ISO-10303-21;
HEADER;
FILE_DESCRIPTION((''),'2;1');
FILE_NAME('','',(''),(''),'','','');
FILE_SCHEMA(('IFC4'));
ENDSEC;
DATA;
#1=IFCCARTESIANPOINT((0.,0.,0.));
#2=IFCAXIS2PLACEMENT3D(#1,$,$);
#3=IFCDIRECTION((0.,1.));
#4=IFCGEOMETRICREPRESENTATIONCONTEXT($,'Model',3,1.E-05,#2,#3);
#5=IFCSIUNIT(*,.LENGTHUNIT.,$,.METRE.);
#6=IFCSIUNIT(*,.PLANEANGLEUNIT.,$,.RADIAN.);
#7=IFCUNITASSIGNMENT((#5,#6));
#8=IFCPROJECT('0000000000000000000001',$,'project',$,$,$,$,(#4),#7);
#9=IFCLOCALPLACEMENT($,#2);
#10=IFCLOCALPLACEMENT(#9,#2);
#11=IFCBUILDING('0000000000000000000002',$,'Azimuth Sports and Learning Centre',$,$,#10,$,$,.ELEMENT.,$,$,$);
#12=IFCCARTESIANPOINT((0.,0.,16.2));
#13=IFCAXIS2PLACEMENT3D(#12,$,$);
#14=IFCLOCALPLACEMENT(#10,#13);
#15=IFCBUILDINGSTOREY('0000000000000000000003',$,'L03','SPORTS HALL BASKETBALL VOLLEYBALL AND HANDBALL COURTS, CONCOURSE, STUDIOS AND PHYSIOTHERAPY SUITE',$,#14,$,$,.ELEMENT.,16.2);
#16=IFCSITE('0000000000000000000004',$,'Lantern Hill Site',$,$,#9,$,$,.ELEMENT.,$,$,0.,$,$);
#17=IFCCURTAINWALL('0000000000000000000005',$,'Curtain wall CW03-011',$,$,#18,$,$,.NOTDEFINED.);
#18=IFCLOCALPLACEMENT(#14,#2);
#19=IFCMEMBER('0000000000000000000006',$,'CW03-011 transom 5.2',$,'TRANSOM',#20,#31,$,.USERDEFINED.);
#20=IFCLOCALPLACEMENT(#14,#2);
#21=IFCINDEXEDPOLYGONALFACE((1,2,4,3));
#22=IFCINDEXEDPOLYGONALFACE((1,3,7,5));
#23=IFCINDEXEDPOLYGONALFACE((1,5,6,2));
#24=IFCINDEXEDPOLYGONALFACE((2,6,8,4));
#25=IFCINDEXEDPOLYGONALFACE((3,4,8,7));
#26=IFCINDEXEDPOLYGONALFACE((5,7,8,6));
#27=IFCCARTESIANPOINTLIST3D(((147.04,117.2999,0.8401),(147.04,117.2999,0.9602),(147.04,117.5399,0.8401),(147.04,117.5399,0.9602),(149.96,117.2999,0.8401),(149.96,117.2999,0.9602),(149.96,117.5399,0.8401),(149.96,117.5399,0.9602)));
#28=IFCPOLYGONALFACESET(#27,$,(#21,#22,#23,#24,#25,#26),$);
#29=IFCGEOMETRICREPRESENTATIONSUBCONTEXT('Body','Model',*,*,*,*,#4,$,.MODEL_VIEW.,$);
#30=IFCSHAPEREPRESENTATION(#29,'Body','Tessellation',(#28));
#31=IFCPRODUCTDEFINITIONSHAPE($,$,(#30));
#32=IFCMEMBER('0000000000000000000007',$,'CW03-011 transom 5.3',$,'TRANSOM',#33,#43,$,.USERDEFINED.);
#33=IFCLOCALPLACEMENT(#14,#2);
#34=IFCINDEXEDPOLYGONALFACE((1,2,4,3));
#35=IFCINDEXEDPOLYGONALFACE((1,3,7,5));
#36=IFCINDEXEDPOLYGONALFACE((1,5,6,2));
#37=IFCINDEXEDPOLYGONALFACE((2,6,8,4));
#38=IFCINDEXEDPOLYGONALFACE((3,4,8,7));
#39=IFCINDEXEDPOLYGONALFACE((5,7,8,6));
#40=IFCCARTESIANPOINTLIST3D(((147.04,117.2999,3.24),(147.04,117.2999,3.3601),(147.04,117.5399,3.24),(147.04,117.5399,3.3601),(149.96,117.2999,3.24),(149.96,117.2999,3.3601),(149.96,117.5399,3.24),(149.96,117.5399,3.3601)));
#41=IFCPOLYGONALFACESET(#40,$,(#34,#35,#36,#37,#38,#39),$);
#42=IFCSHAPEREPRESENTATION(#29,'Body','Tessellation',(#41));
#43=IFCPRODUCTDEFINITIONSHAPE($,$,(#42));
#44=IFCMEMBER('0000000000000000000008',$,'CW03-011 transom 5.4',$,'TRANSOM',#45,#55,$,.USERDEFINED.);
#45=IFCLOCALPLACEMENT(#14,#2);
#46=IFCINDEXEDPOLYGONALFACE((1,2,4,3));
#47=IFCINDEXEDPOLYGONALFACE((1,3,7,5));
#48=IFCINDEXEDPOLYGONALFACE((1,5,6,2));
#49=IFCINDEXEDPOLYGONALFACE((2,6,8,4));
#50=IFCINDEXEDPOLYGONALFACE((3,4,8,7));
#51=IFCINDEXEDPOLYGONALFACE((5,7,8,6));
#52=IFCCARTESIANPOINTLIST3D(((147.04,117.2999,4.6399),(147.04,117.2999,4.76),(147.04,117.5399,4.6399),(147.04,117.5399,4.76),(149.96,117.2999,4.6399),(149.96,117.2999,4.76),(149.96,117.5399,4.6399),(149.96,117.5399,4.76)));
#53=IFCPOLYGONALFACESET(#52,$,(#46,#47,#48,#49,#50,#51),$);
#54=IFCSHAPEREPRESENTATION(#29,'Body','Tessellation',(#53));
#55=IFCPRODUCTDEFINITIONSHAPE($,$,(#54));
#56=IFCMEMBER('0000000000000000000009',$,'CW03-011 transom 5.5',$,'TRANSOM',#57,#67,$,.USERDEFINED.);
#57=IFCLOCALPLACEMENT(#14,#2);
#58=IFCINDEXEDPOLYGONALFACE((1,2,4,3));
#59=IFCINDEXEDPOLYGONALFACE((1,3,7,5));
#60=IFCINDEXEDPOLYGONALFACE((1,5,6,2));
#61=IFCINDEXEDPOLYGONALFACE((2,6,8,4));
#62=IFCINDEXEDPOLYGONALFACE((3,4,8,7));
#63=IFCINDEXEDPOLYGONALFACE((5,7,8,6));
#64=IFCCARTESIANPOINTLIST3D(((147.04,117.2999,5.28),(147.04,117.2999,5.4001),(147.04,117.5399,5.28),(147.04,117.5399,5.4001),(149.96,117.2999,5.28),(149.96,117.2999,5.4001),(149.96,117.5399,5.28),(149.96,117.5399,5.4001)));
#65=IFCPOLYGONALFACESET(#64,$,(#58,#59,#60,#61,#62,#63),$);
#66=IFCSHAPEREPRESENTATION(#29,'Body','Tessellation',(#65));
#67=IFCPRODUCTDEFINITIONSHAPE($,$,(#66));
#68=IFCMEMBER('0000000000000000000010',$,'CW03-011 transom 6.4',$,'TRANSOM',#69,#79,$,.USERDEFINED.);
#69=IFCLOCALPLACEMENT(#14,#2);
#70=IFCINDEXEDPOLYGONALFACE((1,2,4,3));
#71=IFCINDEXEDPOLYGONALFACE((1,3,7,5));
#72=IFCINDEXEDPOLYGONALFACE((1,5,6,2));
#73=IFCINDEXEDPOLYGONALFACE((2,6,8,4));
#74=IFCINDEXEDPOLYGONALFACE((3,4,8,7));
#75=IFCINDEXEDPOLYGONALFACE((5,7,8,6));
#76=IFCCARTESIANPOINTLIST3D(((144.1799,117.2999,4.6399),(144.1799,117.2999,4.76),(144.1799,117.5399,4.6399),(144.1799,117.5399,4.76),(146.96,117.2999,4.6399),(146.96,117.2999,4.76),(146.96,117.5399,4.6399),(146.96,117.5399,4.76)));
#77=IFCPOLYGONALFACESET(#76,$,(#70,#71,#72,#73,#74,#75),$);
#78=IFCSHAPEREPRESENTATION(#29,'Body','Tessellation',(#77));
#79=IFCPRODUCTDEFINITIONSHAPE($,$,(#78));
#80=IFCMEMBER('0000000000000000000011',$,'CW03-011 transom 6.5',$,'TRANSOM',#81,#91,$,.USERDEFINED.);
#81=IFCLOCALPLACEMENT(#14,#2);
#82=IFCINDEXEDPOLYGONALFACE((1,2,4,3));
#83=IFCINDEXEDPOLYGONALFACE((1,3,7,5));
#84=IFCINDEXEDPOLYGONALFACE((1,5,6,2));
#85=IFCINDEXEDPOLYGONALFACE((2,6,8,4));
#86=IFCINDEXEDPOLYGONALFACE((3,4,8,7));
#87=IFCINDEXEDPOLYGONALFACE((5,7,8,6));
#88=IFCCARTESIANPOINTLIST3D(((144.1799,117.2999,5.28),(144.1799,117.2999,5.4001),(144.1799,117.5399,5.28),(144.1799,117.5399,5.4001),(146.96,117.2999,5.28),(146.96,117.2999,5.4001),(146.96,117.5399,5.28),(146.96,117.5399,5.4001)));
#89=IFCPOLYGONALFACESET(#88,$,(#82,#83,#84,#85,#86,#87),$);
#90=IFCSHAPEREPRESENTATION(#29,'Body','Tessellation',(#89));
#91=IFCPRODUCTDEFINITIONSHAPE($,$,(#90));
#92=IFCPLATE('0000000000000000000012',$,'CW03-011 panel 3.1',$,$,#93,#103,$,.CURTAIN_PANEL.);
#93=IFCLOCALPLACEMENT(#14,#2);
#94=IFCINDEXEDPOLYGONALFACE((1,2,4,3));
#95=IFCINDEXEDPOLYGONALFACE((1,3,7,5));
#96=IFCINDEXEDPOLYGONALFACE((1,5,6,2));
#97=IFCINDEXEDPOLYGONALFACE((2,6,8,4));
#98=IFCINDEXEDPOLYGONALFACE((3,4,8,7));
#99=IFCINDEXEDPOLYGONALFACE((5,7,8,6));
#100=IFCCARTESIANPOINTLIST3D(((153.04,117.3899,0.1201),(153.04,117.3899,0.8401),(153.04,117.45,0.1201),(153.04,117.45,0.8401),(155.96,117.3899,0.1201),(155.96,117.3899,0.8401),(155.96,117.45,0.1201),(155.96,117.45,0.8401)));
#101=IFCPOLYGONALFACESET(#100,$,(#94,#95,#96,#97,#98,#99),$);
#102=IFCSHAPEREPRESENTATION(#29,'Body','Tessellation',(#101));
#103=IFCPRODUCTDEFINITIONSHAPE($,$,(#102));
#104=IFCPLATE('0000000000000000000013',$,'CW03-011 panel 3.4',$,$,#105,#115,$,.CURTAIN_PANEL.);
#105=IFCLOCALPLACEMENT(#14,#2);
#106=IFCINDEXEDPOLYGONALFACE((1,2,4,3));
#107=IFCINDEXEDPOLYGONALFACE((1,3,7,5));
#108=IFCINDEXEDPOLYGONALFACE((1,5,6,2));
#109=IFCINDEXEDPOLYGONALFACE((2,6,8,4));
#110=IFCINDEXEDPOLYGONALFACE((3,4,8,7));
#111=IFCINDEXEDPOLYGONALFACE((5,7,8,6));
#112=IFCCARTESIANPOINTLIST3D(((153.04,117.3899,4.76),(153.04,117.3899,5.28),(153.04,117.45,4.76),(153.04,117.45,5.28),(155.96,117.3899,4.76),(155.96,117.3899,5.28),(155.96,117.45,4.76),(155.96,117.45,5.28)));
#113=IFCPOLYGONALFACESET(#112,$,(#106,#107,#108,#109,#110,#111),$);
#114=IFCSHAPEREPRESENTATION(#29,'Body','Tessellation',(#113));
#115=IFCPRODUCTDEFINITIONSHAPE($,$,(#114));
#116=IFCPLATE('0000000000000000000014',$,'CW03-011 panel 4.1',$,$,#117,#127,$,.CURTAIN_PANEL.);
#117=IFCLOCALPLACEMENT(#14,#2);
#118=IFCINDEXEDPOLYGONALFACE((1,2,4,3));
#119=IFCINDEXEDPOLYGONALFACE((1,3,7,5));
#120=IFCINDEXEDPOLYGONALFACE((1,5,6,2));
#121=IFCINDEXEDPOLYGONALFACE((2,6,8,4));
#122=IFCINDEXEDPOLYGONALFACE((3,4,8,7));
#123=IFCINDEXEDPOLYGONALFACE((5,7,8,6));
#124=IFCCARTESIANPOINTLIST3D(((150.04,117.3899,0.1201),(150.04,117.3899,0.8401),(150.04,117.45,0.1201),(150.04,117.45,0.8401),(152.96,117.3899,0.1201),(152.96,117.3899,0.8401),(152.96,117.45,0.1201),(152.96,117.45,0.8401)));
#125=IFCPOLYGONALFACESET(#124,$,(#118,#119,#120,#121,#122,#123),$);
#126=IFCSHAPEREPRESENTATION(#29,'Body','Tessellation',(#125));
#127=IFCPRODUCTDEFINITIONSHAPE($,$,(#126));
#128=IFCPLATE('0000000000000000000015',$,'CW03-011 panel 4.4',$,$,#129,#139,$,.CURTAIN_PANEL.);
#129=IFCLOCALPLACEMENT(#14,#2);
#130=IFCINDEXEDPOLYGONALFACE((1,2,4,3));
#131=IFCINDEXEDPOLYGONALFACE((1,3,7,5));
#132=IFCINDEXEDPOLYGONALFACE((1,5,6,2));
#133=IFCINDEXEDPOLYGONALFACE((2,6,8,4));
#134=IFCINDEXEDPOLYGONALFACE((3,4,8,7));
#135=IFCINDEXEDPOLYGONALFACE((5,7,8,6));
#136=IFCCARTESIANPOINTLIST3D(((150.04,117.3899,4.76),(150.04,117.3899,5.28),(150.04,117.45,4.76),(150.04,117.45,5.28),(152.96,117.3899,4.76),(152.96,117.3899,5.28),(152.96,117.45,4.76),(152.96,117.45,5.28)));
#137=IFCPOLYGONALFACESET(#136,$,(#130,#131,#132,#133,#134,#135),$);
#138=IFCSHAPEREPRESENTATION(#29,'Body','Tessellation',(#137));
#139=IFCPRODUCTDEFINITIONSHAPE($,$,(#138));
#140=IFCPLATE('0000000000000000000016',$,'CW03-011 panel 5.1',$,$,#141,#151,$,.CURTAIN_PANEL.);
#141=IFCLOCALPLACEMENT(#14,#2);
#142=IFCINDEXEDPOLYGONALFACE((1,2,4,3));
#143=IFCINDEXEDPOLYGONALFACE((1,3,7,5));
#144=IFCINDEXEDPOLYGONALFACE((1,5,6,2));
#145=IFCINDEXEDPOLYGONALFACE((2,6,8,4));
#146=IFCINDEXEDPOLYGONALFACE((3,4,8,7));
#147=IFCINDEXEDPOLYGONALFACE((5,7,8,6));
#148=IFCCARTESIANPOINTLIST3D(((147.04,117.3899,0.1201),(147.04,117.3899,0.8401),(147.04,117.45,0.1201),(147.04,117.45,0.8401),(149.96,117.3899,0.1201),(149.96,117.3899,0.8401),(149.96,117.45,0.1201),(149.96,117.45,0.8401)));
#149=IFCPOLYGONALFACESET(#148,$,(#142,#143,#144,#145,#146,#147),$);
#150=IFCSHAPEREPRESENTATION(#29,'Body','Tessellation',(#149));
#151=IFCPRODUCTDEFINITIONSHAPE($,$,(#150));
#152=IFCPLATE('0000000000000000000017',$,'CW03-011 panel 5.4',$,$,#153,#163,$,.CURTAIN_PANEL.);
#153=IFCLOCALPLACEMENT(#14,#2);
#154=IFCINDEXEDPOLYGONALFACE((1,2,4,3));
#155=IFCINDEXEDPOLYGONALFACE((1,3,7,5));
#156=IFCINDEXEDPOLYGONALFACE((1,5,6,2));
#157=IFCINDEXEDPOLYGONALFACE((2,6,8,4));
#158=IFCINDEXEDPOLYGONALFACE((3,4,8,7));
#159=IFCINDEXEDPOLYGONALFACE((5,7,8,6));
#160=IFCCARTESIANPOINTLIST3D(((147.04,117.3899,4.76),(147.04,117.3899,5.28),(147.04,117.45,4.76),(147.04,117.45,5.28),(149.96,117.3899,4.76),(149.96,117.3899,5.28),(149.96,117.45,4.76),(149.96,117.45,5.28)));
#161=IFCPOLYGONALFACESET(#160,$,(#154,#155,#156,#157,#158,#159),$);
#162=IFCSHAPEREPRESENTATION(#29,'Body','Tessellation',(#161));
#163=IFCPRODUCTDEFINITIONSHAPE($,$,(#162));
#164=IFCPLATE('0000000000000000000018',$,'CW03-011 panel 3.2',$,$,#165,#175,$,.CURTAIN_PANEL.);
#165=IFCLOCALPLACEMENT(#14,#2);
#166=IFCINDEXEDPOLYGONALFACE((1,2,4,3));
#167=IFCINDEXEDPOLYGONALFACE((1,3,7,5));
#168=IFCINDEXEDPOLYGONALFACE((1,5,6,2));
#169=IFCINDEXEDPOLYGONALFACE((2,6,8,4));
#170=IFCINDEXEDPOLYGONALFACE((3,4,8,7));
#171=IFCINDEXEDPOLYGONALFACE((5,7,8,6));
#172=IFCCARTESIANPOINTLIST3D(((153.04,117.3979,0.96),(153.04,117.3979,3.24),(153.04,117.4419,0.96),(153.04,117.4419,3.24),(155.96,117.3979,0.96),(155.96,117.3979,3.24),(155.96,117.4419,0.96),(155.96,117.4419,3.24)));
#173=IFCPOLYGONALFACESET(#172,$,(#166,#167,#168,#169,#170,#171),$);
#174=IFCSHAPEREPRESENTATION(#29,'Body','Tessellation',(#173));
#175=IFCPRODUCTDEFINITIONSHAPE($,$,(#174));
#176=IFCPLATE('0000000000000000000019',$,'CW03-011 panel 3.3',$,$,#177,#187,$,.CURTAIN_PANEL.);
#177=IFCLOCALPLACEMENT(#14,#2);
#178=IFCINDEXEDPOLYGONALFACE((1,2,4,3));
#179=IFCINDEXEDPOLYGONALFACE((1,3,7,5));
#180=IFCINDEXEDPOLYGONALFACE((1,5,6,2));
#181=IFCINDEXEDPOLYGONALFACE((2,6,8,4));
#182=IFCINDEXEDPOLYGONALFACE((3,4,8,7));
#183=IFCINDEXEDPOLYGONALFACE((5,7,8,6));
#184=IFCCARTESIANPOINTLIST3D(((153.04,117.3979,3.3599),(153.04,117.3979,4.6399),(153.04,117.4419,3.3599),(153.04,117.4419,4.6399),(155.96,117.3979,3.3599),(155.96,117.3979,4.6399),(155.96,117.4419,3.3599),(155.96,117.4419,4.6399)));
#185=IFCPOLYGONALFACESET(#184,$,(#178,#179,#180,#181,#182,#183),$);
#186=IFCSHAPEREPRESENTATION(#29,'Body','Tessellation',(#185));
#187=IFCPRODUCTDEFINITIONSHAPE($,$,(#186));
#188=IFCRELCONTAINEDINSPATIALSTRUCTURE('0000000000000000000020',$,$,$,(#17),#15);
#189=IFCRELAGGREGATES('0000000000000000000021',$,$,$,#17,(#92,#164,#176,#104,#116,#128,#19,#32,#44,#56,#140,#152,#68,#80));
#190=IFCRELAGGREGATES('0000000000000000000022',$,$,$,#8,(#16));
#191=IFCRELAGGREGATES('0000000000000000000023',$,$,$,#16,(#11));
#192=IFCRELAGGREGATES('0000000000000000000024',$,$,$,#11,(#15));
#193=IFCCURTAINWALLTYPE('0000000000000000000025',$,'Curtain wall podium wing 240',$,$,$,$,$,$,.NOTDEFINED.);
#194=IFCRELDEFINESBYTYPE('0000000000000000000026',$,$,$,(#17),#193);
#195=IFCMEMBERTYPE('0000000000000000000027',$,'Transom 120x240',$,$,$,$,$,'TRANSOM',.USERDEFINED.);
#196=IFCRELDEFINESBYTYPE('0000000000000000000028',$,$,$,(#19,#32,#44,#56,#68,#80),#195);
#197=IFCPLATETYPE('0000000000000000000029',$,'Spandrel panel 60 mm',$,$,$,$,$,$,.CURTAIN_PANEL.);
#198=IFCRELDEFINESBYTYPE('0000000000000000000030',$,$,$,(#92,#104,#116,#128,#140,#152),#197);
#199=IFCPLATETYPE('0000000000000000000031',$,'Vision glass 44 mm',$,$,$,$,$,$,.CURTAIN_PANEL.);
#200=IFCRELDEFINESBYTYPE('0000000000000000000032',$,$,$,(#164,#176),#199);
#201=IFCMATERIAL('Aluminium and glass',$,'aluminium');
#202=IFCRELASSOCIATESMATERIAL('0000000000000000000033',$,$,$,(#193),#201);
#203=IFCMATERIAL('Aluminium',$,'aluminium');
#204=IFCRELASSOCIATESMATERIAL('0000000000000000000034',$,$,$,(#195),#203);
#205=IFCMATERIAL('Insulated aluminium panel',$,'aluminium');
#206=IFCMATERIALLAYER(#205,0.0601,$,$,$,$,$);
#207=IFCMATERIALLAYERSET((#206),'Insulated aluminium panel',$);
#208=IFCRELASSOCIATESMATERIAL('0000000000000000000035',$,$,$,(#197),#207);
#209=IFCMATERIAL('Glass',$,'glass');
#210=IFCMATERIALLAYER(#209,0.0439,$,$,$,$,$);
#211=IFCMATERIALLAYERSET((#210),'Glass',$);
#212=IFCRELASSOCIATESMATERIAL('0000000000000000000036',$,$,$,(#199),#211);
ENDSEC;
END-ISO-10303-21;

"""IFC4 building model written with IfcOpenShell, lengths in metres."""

from ifc_helpers import new_model, si_unit, direction, frame, origin, origin_2d, place, context, subcontext, project, spatial, rectangle, extrude, material, layer, layer_set, material_profile, profile_set, type_object, element, aggregate, save


model = new_model("IFC4")

# Units and contexts
model_context = context("Model", 3, precision=1e-05, world=origin(), true_north=direction((0.0, 1.0)))
body_context = subcontext(model_context, "Body", "Model", "MODEL_VIEW")
ifc_project = project(units=[si_unit("LENGTHUNIT", "METRE"), si_unit("PLANEANGLEUNIT", "RADIAN")], contexts=[model_context])

# Site, building, storey
site_placement = place(None, origin())
site = spatial("IfcSite", under=ifc_project, at=site_placement, Name="Lantern Hill Site", CompositionType="ELEMENT", RefElevation=0.0)
building_placement = place(site_placement, origin())
building = spatial("IfcBuilding", under=site, at=building_placement, Name="Azimuth Sports and Learning Centre", CompositionType="ELEMENT")
storey_placement = place(building_placement, frame((0.0, 0.0, 16.2)))
storey = spatial("IfcBuildingStorey", under=building, at=storey_placement, Name="L03", Description="SPORTS HALL BASKETBALL VOLLEYBALL AND HANDBALL COURTS, CONCOURSE, STUDIOS AND PHYSIOTHERAPY SUITE", CompositionType="ELEMENT", Elevation=16.2)

# Curtain wall, members, plates
ifc_material_1 = material(Name="Aluminium and glass", Category="aluminium")
curtain_wall_type = type_object("IfcCurtainWallType", Name="Curtain wall podium wing 240", PredefinedType="NOTDEFINED", material=ifc_material_1)
curtain_wall_placement = place(storey_placement, origin())
curtain_wall = element("IfcCurtainWall", 1, at=curtain_wall_placement, inside=storey, type_object=curtain_wall_type, Name="Curtain wall CW03-011", PredefinedType="NOTDEFINED")
ifc_material_2 = material(Name="Aluminium", Category="aluminium")
ifc_material_profile_1 = material_profile(ifc_material_2, rectangle(XDim=0.24, YDim=0.1201, at=origin_2d()), Name="Transom 120x240")
ifc_profile_set_1 = profile_set([ifc_material_profile_1], Name="Aluminium")
member_type_1 = type_object("IfcMemberType", Name="Transom 120x240", ElementType="TRANSOM", PredefinedType="USERDEFINED", material=ifc_profile_set_1)
member_1_placement = place(storey_placement, frame((149.96, 117.4199, 0.9001), z_axis=(-1.0, 0.0, 0.0), x_axis=(0.0, -1.0, 0.0)))
member_1 = element("IfcMember", 2, at=member_1_placement, type_object=member_type_1, Name="CW03-011 transom 5.2", ObjectType="TRANSOM", PredefinedType="USERDEFINED", context=body_context, shape_type="SweptSolid", body=[
    extrude(rectangle(XDim=0.24, YDim=0.1201, at=origin_2d()), origin(), (0.0, 0.0, 1.0), 2.9199),
])
member_2_placement = place(storey_placement, frame((149.96, 117.4199, 3.3), z_axis=(-1.0, 0.0, 0.0), x_axis=(0.0, -1.0, 0.0)))
member_2 = element("IfcMember", 3, at=member_2_placement, type_object=member_type_1, Name="CW03-011 transom 5.3", ObjectType="TRANSOM", PredefinedType="USERDEFINED", context=body_context, shape_type="SweptSolid", body=[
    extrude(rectangle(XDim=0.24, YDim=0.1201, at=origin_2d()), origin(), (0.0, 0.0, 1.0), 2.9199),
])
member_3_placement = place(storey_placement, frame((149.96, 117.4199, 4.7), z_axis=(-1.0, 0.0, 0.0), x_axis=(0.0, -1.0, 0.0)))
member_3 = element("IfcMember", 4, at=member_3_placement, type_object=member_type_1, Name="CW03-011 transom 5.4", ObjectType="TRANSOM", PredefinedType="USERDEFINED", context=body_context, shape_type="SweptSolid", body=[
    extrude(rectangle(XDim=0.24, YDim=0.1201, at=origin_2d()), origin(), (0.0, 0.0, 1.0), 2.9199),
])
member_4_placement = place(storey_placement, frame((149.96, 117.4199, 5.3401), z_axis=(-1.0, 0.0, 0.0), x_axis=(0.0, -1.0, 0.0)))
member_4 = element("IfcMember", 5, at=member_4_placement, type_object=member_type_1, Name="CW03-011 transom 5.5", ObjectType="TRANSOM", PredefinedType="USERDEFINED", context=body_context, shape_type="SweptSolid", body=[
    extrude(rectangle(XDim=0.24, YDim=0.1201, at=origin_2d()), origin(), (0.0, 0.0, 1.0), 2.9199),
])
member_5_placement = place(storey_placement, frame((146.96, 117.4199, 4.7), z_axis=(-1.0, 0.0, 0.0), x_axis=(0.0, -1.0, 0.0)))
member_5 = element("IfcMember", 6, at=member_5_placement, type_object=member_type_1, Name="CW03-011 transom 6.4", ObjectType="TRANSOM", PredefinedType="USERDEFINED", context=body_context, shape_type="SweptSolid", body=[
    extrude(rectangle(XDim=0.24, YDim=0.1201, at=origin_2d()), origin(), (0.0, 0.0, 1.0), 2.78),
])
member_6_placement = place(storey_placement, frame((146.96, 117.4199, 5.3401), z_axis=(-1.0, 0.0, 0.0), x_axis=(0.0, -1.0, 0.0)))
member_6 = element("IfcMember", 7, at=member_6_placement, type_object=member_type_1, Name="CW03-011 transom 6.5", ObjectType="TRANSOM", PredefinedType="USERDEFINED", context=body_context, shape_type="SweptSolid", body=[
    extrude(rectangle(XDim=0.24, YDim=0.1201, at=origin_2d()), origin(), (0.0, 0.0, 1.0), 2.78),
])
ifc_material_3 = material(Name="Insulated aluminium panel", Category="aluminium")
ifc_layer_1 = layer(ifc_material_3, 0.0601)
ifc_layer_set_1 = layer_set([ifc_layer_1], Name="Insulated aluminium panel")
plate_type_1 = type_object("IfcPlateType", Name="Spandrel panel 60 mm", PredefinedType="CURTAIN_PANEL", material=ifc_layer_set_1)
plate_1_placement = place(storey_placement, frame((154.5, 117.4199, 0.1201), z_axis=(0.0, 0.0, 1.0), x_axis=(-1.0, 0.0, 0.0)))
plate_1 = element("IfcPlate", 8, at=plate_1_placement, type_object=plate_type_1, Name="CW03-011 panel 3.1", PredefinedType="CURTAIN_PANEL", context=body_context, shape_type="SweptSolid", body=[
    extrude(rectangle(XDim=2.9199, YDim=0.0601, at=origin_2d()), origin(), (0.0, 0.0, 1.0), 0.72),
])
plate_2_placement = place(storey_placement, frame((154.5, 117.4199, 4.76), z_axis=(0.0, 0.0, 1.0), x_axis=(-1.0, 0.0, 0.0)))
plate_2 = element("IfcPlate", 9, at=plate_2_placement, type_object=plate_type_1, Name="CW03-011 panel 3.4", PredefinedType="CURTAIN_PANEL", context=body_context, shape_type="SweptSolid", body=[
    extrude(rectangle(XDim=2.9199, YDim=0.0601, at=origin_2d()), origin(), (0.0, 0.0, 1.0), 0.52),
])
plate_3_placement = place(storey_placement, frame((151.5, 117.4199, 0.1201), z_axis=(0.0, 0.0, 1.0), x_axis=(-1.0, 0.0, 0.0)))
plate_3 = element("IfcPlate", 10, at=plate_3_placement, type_object=plate_type_1, Name="CW03-011 panel 4.1", PredefinedType="CURTAIN_PANEL", context=body_context, shape_type="SweptSolid", body=[
    extrude(rectangle(XDim=2.9199, YDim=0.0601, at=origin_2d()), origin(), (0.0, 0.0, 1.0), 0.72),
])
plate_4_placement = place(storey_placement, frame((151.5, 117.4199, 4.76), z_axis=(0.0, 0.0, 1.0), x_axis=(-1.0, 0.0, 0.0)))
plate_4 = element("IfcPlate", 11, at=plate_4_placement, type_object=plate_type_1, Name="CW03-011 panel 4.4", PredefinedType="CURTAIN_PANEL", context=body_context, shape_type="SweptSolid", body=[
    extrude(rectangle(XDim=2.9199, YDim=0.0601, at=origin_2d()), origin(), (0.0, 0.0, 1.0), 0.52),
])
plate_5_placement = place(storey_placement, frame((148.5, 117.4199, 0.1201), z_axis=(0.0, 0.0, 1.0), x_axis=(-1.0, 0.0, 0.0)))
plate_5 = element("IfcPlate", 12, at=plate_5_placement, type_object=plate_type_1, Name="CW03-011 panel 5.1", PredefinedType="CURTAIN_PANEL", context=body_context, shape_type="SweptSolid", body=[
    extrude(rectangle(XDim=2.9199, YDim=0.0601, at=origin_2d()), origin(), (0.0, 0.0, 1.0), 0.72),
])
plate_6_placement = place(storey_placement, frame((148.5, 117.4199, 4.76), z_axis=(0.0, 0.0, 1.0), x_axis=(-1.0, 0.0, 0.0)))
plate_6 = element("IfcPlate", 13, at=plate_6_placement, type_object=plate_type_1, Name="CW03-011 panel 5.4", PredefinedType="CURTAIN_PANEL", context=body_context, shape_type="SweptSolid", body=[
    extrude(rectangle(XDim=2.9199, YDim=0.0601, at=origin_2d()), origin(), (0.0, 0.0, 1.0), 0.52),
])
ifc_material_4 = material(Name="Glass", Category="glass")
ifc_layer_2 = layer(ifc_material_4, 0.0439)
ifc_layer_set_2 = layer_set([ifc_layer_2], Name="Glass")
plate_type_2 = type_object("IfcPlateType", Name="Vision glass 44 mm", PredefinedType="CURTAIN_PANEL", material=ifc_layer_set_2)
plate_7_placement = place(storey_placement, frame((154.5, 117.4199, 0.96), z_axis=(0.0, 0.0, 1.0), x_axis=(-1.0, 0.0, 0.0)))
plate_7 = element("IfcPlate", 14, at=plate_7_placement, type_object=plate_type_2, Name="CW03-011 panel 3.2", PredefinedType="CURTAIN_PANEL", context=body_context, shape_type="SweptSolid", body=[
    extrude(rectangle(XDim=2.9199, YDim=0.0439, at=origin_2d()), origin(), (0.0, 0.0, 1.0), 2.28),
])
plate_8_placement = place(storey_placement, frame((154.5, 117.4199, 3.3599), z_axis=(0.0, 0.0, 1.0), x_axis=(-1.0, 0.0, 0.0)))
plate_8 = element("IfcPlate", 15, at=plate_8_placement, type_object=plate_type_2, Name="CW03-011 panel 3.3", PredefinedType="CURTAIN_PANEL", context=body_context, shape_type="SweptSolid", body=[
    extrude(rectangle(XDim=2.9199, YDim=0.0439, at=origin_2d()), origin(), (0.0, 0.0, 1.0), 1.28),
])
aggregate(curtain_wall, [plate_1, plate_7, plate_8, plate_2, plate_3, plate_4, member_1, member_2, member_3, member_4, plate_5, plate_6, member_5, member_6])

save(model, "model.ifc")
